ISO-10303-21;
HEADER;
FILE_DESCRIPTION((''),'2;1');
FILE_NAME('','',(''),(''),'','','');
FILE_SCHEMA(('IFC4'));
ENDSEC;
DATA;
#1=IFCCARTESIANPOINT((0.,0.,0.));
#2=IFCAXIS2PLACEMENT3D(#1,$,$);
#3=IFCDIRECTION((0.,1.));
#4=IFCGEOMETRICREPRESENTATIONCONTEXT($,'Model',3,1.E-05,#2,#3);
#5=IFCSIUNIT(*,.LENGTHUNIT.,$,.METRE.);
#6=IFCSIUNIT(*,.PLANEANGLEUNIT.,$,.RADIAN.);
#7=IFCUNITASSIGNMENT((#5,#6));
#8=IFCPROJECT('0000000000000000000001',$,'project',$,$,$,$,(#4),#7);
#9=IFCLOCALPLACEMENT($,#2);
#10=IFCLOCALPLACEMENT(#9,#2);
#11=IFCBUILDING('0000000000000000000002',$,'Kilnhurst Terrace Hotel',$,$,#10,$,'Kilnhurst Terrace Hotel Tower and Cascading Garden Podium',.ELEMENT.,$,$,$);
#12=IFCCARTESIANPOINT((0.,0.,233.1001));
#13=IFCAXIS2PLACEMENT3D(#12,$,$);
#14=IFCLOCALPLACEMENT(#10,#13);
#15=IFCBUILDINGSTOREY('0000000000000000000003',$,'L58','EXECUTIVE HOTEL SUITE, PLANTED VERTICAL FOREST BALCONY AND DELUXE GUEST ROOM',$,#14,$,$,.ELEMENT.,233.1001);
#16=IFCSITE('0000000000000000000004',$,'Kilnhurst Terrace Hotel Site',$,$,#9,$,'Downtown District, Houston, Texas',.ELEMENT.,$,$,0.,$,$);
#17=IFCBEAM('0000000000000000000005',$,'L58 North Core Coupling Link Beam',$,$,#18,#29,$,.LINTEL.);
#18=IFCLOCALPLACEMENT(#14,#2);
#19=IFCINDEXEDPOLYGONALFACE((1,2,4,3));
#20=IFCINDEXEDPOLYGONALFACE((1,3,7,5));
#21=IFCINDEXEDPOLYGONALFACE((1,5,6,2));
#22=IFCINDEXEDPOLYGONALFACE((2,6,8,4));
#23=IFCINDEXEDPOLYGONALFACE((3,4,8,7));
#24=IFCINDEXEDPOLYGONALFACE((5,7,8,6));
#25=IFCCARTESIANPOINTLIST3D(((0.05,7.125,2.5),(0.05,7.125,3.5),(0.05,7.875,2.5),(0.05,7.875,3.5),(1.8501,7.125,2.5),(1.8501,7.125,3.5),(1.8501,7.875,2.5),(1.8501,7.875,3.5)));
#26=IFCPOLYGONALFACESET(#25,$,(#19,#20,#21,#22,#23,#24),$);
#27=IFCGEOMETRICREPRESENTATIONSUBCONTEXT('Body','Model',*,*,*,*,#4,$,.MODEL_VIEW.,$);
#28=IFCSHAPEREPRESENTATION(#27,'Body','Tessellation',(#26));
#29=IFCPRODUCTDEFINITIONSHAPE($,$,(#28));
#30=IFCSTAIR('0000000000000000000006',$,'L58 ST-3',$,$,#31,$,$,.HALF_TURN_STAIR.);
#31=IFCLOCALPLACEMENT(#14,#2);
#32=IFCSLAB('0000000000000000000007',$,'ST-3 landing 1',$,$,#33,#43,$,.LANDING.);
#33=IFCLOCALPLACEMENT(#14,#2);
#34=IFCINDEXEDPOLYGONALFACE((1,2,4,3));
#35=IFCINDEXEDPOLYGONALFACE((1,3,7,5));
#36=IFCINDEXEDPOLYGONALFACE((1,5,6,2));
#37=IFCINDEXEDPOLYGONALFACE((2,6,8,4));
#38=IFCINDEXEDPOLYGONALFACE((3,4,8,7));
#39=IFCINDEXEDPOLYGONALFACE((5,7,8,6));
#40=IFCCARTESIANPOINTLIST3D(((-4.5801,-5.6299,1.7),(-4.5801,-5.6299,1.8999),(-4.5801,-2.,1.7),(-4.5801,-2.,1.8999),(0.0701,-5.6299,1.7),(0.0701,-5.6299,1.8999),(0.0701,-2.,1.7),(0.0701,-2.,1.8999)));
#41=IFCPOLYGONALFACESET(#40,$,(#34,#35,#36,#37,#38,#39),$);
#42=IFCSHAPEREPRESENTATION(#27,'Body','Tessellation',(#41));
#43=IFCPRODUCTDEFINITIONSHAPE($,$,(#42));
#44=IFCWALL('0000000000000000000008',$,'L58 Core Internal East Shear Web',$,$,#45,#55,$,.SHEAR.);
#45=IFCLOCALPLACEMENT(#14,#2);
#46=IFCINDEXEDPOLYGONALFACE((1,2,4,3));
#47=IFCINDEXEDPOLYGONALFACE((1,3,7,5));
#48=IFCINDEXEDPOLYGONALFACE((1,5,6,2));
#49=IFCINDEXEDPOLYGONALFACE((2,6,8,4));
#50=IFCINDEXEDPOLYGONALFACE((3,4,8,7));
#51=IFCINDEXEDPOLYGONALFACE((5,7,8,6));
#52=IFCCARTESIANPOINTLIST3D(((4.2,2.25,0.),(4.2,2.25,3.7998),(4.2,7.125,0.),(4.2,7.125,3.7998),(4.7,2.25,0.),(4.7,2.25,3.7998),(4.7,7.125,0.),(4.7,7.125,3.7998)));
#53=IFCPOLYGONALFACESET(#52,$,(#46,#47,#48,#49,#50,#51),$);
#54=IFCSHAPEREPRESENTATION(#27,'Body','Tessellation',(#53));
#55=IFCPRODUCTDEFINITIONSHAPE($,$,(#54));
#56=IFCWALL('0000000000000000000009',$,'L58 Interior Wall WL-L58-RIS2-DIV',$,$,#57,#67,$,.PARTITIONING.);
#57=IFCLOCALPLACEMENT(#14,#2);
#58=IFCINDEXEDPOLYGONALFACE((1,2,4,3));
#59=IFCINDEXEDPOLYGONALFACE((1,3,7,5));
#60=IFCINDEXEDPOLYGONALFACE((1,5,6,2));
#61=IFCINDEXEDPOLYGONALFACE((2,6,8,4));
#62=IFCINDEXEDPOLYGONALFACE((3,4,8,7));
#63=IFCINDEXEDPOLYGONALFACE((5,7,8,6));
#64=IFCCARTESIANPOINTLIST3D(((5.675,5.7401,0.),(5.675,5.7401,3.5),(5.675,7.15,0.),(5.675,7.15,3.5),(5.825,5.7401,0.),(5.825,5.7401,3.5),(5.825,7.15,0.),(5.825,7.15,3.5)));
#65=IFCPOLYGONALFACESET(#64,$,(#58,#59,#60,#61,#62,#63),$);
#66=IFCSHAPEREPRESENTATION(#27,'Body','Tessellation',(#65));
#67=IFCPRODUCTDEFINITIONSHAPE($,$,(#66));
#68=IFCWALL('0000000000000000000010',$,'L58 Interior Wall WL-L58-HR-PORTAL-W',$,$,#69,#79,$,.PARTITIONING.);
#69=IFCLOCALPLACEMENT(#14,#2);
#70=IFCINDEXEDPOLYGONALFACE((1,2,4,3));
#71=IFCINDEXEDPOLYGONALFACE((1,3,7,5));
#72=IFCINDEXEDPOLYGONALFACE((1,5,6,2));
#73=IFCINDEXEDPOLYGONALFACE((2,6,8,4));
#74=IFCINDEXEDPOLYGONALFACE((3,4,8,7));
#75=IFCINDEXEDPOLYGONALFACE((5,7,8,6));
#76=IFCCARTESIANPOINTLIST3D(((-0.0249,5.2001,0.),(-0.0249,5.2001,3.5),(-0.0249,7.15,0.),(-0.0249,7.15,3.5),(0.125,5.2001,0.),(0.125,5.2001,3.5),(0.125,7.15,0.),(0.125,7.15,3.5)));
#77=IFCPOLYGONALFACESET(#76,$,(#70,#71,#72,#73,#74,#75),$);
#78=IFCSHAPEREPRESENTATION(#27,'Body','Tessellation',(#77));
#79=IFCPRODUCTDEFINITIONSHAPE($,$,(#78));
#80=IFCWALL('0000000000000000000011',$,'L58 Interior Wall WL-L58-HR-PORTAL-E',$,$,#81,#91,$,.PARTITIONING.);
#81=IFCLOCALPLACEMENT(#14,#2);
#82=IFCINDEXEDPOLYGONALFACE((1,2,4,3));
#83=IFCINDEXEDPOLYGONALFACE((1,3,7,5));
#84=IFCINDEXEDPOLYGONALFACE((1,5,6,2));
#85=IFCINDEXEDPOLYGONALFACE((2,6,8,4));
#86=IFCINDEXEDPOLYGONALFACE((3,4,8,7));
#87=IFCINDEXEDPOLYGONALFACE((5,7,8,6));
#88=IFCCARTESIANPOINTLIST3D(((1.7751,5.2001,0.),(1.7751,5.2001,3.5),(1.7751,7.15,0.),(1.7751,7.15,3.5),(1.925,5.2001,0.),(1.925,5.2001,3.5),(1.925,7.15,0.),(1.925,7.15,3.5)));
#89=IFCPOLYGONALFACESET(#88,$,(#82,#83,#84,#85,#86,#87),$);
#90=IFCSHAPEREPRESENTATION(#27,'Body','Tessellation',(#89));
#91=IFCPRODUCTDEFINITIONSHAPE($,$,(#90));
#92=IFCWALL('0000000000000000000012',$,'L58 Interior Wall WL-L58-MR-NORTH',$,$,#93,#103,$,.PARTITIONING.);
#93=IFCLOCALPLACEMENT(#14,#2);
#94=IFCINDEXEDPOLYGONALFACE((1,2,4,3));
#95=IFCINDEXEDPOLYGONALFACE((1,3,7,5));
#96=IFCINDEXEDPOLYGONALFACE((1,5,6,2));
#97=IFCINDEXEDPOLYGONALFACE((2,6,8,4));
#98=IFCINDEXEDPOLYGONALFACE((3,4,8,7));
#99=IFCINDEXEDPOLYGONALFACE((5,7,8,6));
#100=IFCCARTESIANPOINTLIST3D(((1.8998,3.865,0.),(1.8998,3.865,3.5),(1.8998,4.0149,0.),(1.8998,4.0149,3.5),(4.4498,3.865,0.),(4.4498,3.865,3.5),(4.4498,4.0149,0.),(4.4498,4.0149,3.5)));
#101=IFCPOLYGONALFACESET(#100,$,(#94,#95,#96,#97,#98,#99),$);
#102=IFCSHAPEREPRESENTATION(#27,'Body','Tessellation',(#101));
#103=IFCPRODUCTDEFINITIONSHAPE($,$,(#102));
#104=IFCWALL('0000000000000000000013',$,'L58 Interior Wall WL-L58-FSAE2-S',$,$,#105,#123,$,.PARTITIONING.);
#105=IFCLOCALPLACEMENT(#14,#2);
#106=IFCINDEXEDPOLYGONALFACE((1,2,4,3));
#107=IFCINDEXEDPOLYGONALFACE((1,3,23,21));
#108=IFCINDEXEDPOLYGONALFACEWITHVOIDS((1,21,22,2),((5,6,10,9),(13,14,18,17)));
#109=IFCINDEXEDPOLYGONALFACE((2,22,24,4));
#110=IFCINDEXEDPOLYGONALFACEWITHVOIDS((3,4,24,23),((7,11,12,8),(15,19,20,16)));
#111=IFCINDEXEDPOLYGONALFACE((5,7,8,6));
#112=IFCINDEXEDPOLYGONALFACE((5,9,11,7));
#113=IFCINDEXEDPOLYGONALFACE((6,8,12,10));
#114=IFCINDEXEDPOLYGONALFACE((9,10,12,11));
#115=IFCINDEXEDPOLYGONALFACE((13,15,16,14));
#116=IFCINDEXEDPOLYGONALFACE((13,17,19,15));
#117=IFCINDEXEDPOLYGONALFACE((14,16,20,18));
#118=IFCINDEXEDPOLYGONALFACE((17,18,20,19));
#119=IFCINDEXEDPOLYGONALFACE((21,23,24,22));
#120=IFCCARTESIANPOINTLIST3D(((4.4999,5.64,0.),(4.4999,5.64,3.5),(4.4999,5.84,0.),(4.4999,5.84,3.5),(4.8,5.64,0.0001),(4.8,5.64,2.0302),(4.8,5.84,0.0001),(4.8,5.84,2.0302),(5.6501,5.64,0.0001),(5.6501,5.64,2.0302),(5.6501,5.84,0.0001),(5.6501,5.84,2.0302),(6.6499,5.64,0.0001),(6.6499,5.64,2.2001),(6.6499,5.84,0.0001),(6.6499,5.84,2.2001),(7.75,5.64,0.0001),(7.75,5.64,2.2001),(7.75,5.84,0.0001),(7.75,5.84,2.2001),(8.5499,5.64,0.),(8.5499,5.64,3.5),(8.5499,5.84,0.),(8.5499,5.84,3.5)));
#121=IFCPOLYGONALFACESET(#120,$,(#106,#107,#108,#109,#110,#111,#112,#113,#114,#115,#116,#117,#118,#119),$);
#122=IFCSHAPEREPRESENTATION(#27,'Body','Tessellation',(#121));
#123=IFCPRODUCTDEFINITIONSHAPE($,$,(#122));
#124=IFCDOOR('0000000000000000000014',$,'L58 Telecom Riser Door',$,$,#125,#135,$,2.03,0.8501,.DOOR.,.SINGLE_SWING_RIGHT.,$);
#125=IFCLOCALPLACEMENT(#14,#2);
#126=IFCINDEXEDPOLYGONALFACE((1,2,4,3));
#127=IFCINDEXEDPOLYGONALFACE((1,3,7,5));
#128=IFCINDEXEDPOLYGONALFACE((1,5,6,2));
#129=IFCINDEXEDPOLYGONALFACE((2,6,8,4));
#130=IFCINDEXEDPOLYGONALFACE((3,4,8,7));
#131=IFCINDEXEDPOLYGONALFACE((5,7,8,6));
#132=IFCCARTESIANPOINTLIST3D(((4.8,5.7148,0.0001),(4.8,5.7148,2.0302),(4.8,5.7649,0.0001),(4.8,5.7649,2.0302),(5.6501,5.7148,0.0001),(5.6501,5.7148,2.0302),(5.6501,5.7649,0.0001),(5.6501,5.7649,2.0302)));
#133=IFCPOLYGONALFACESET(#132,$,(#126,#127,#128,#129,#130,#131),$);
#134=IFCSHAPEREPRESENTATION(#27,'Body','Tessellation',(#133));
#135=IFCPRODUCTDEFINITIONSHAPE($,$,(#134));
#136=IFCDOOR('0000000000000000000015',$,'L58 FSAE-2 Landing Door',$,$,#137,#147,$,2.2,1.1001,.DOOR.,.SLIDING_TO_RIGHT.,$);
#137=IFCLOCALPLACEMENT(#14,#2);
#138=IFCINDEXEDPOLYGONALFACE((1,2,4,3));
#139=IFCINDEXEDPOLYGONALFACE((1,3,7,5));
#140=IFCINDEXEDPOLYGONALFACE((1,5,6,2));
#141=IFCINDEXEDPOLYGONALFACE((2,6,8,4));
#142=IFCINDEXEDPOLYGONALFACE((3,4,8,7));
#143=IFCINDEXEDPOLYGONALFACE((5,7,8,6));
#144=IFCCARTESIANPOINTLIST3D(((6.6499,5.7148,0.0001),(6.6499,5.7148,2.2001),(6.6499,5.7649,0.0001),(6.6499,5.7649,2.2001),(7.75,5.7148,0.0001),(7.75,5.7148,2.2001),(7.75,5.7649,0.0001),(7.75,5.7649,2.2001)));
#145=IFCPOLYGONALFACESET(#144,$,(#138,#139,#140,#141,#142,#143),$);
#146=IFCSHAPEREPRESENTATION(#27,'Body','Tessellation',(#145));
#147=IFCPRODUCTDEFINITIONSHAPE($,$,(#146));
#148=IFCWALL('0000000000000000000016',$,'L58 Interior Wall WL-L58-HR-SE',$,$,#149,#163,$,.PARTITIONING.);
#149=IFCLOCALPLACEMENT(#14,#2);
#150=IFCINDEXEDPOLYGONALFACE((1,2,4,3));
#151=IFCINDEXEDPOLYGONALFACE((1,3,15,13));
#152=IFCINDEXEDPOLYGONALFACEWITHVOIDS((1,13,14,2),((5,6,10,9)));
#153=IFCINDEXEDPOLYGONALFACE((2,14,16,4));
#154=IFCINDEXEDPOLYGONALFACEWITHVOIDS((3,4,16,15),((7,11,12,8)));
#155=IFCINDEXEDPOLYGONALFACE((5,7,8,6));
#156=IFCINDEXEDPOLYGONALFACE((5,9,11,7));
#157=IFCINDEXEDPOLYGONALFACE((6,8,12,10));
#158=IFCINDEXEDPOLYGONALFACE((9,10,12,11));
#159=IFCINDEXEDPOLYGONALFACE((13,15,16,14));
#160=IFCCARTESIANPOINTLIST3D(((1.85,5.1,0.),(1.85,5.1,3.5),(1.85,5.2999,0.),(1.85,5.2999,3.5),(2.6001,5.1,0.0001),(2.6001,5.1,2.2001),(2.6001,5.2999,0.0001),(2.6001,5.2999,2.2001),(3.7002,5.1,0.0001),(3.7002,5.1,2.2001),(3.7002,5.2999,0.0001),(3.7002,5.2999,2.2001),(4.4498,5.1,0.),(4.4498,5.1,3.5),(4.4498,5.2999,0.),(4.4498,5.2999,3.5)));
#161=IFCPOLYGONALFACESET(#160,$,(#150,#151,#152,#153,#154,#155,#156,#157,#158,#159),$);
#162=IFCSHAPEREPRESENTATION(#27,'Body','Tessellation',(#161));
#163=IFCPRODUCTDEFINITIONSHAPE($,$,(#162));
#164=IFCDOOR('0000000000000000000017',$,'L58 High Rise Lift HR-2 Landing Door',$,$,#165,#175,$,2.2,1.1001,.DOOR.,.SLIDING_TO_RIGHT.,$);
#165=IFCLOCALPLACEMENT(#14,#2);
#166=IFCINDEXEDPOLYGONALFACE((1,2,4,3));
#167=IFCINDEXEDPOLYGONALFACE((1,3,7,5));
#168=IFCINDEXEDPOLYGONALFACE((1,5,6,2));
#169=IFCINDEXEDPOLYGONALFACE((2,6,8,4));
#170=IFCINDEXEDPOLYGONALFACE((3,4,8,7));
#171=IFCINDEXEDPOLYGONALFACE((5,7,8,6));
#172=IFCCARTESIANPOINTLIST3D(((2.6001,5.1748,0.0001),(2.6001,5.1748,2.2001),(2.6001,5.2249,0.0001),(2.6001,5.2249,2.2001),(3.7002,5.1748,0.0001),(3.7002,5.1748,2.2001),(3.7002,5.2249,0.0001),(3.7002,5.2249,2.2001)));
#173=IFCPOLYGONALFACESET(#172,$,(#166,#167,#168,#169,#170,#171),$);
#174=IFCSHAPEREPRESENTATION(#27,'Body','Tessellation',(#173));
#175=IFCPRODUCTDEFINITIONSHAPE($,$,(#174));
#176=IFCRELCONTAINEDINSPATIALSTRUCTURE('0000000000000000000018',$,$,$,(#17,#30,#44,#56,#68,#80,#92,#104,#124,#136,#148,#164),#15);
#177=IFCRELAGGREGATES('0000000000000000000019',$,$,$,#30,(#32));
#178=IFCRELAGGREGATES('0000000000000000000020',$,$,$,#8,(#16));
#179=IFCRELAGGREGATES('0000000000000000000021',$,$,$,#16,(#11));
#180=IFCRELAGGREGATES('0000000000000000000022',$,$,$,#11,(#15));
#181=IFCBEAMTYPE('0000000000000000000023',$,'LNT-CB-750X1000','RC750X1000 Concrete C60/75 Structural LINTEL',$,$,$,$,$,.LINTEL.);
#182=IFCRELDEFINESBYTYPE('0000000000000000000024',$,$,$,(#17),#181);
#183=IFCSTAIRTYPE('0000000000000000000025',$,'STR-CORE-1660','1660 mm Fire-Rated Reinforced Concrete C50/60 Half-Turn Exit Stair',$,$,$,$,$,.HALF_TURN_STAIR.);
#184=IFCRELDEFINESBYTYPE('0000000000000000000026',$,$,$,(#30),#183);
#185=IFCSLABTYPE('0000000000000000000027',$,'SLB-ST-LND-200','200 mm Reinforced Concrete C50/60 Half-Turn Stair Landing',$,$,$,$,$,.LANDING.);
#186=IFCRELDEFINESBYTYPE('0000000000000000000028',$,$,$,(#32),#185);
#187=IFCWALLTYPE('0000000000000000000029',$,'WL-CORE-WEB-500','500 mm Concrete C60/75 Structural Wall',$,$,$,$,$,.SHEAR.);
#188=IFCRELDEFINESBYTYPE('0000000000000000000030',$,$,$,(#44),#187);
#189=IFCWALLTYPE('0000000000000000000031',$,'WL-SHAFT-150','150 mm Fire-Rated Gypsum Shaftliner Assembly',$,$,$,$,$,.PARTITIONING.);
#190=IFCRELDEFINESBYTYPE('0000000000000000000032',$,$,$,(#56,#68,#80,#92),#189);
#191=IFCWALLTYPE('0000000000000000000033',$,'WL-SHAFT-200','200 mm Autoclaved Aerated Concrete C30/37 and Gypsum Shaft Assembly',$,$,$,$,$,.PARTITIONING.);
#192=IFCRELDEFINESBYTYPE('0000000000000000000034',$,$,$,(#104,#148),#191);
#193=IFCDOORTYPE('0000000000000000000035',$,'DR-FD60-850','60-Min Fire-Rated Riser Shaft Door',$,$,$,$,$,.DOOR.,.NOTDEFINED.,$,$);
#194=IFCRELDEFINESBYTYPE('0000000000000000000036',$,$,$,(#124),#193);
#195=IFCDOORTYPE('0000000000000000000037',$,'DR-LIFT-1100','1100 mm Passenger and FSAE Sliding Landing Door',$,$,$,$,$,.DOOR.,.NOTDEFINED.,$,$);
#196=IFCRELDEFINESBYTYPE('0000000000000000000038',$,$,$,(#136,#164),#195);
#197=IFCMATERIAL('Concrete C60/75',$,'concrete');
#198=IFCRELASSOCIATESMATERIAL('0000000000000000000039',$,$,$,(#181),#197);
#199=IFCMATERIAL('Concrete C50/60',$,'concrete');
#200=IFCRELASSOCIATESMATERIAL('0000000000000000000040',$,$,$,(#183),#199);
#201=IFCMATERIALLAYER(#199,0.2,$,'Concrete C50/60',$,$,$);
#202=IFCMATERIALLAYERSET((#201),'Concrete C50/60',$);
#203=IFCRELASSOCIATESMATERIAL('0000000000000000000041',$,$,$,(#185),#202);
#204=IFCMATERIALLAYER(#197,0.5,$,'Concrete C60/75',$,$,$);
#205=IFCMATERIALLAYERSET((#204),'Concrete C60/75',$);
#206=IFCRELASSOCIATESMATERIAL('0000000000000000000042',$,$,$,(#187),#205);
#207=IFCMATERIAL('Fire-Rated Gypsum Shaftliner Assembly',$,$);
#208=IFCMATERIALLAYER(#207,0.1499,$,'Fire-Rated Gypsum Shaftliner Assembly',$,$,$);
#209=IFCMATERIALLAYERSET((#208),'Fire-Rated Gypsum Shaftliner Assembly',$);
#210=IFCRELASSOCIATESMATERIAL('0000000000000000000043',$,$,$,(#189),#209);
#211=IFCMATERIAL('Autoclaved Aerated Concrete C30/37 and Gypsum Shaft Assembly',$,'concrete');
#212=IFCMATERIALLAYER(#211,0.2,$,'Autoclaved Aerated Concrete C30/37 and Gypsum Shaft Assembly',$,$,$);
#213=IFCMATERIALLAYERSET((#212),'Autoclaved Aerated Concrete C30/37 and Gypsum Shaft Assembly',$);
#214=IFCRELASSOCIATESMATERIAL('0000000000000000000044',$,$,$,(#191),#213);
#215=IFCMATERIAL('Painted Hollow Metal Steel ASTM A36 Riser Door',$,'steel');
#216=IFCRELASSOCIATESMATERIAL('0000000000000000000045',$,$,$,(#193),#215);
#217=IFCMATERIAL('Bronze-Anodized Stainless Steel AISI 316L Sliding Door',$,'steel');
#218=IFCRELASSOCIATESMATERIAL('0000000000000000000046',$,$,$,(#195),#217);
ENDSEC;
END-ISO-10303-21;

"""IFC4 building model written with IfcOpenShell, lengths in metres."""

from ifc_helpers import new_model, si_unit, direction, frame, frame_2d, origin, origin_2d, place, context, subcontext, project, spatial, polyline, rectangle, outline, extrude, material, layer, layer_set, material_profile, profile_set, type_object, element, fill, aggregate, save


model = new_model("IFC4")

# Units and contexts
model_context = context("Model", 3, precision=1e-05, world=origin(), true_north=direction((0.0, 1.0)))
body_context = subcontext(model_context, "Body", "Model", "MODEL_VIEW")
ifc_project = project(units=[si_unit("LENGTHUNIT", "METRE"), si_unit("PLANEANGLEUNIT", "RADIAN")], contexts=[model_context])

# Site, building, storey
site_placement = place(None, origin())
site = spatial("IfcSite", under=ifc_project, at=site_placement, Name="Kilnhurst Terrace Hotel Site", LongName="Downtown District, Houston, Texas", CompositionType="ELEMENT", RefElevation=0.0)
building_placement = place(site_placement, origin())
building = spatial("IfcBuilding", under=site, at=building_placement, Name="Kilnhurst Terrace Hotel", LongName="Kilnhurst Terrace Hotel Tower and Cascading Garden Podium", CompositionType="ELEMENT")
storey_placement = place(building_placement, frame((0.0, 0.0, 233.1001)))
storey = spatial("IfcBuildingStorey", under=building, at=storey_placement, Name="L58", Description="EXECUTIVE HOTEL SUITE, PLANTED VERTICAL FOREST BALCONY AND DELUXE GUEST ROOM", CompositionType="ELEMENT", Elevation=233.1001)

# Beam
ifc_material_1 = material(Name="Concrete C60/75", Category="concrete")
ifc_material_profile = material_profile(ifc_material_1, rectangle(XDim=0.75, YDim=1.0, at=origin_2d()), Name="RC750X1000")
ifc_profile_set = profile_set([ifc_material_profile], Name="Concrete C60/75")
beam_type = type_object("IfcBeamType", Name="LNT-CB-750X1000", Description="RC750X1000 Concrete C60/75 Structural LINTEL", PredefinedType="LINTEL", material=ifc_profile_set)
beam_placement = place(storey_placement, frame((0.05, 7.5, 3.0), z_axis=(1.0, 0.0, 0.0), x_axis=(0.0, 1.0, 0.0)))
element("IfcBeam", 1, at=beam_placement, inside=storey, type_object=beam_type, Name="L58 North Core Coupling Link Beam", PredefinedType="LINTEL", context=body_context, shape_type="SweptSolid", body=[
    extrude(rectangle(XDim=0.75, YDim=1.0, at=origin_2d()), origin(), (0.0, 0.0, 1.0), 1.8),
])

# Stair, slab
ifc_material_2 = material(Name="Concrete C50/60", Category="concrete")
stair_type = type_object("IfcStairType", Name="STR-CORE-1660", Description="1660 mm Fire-Rated Reinforced Concrete C50/60 Half-Turn Exit Stair", PredefinedType="HALF_TURN_STAIR", material=ifc_material_2)
stair_1_placement = place(storey_placement, origin())
stair_1 = element("IfcStair", 2, at=stair_1_placement, inside=storey, type_object=stair_type, Name="L58 ST-3", PredefinedType="HALF_TURN_STAIR")
ifc_layer_1 = layer(ifc_material_2, 0.2, Name="Concrete C50/60")
ifc_layer_set_1 = layer_set([ifc_layer_1], Name="Concrete C50/60")
slab_type = type_object("IfcSlabType", Name="SLB-ST-LND-200", Description="200 mm Reinforced Concrete C50/60 Half-Turn Stair Landing", PredefinedType="LANDING", material=ifc_layer_set_1)
slab_placement = place(storey_placement, frame((0.0, 0.0, 1.7)))
slab = element("IfcSlab", 3, at=slab_placement, type_object=slab_type, Name="ST-3 landing 1", PredefinedType="LANDING", context=body_context, shape_type="SweptSolid", body=[
    extrude(outline(polyline([(0.0701, -2.0), (0.0701, -5.6299), (-4.5801, -5.6299), (-4.5801, -2.0), (0.0701, -2.0)])), origin(), (0.0, 0.0, 1.0), 0.2),
])
aggregate(stair_1, [slab])

# Walls
ifc_layer_2 = layer(ifc_material_1, 0.5, Name="Concrete C60/75")
ifc_layer_set_2 = layer_set([ifc_layer_2], Name="Concrete C60/75")
wall_type_1 = type_object("IfcWallType", Name="WL-CORE-WEB-500", Description="500 mm Concrete C60/75 Structural Wall", PredefinedType="SHEAR", material=ifc_layer_set_2)
wall_1_placement = place(storey_placement, frame((4.45, 2.25, 0.0), z_axis=(0.0, 0.0, 1.0), x_axis=(0.0, 1.0, 0.0)))
element("IfcWall", 4, at=wall_1_placement, inside=storey, type_object=wall_type_1, Name="L58 Core Internal East Shear Web", PredefinedType="SHEAR", context=body_context, shape_type="SweptSolid", body=[
    extrude(rectangle(XDim=4.875, YDim=0.5, at=frame_2d((2.4375, 0.0))), origin(), (0.0, 0.0, 1.0), 3.7998),
])
ifc_material_3 = material(Name="Fire-Rated Gypsum Shaftliner Assembly")
ifc_layer_3 = layer(ifc_material_3, 0.1499, Name="Fire-Rated Gypsum Shaftliner Assembly")
ifc_layer_set_3 = layer_set([ifc_layer_3], Name="Fire-Rated Gypsum Shaftliner Assembly")
wall_type_2 = type_object("IfcWallType", Name="WL-SHAFT-150", Description="150 mm Fire-Rated Gypsum Shaftliner Assembly", PredefinedType="PARTITIONING", material=ifc_layer_set_3)
wall_2_placement = place(storey_placement, frame((5.75, 5.74, 0.0), z_axis=(0.0, 0.0, 1.0), x_axis=(0.0, 1.0, 0.0)))
element("IfcWall", 5, at=wall_2_placement, inside=storey, type_object=wall_type_2, Name="L58 Interior Wall WL-L58-RIS2-DIV", PredefinedType="PARTITIONING", context=body_context, shape_type="SweptSolid", body=[
    extrude(rectangle(XDim=1.4099, YDim=0.1499, at=frame_2d((0.7051, 0.0))), origin(), (0.0, 0.0, 1.0), 3.5),
])
for number, where, z_axis, x_axis, name in (
    (6, (0.05, 5.2, 0.0), (0.0, 0.0, 1.0), (0.0, 1.0, 0.0), "L58 Interior Wall WL-L58-HR-PORTAL-W"),
    (7, (1.8501, 5.2, 0.0), (0.0, 0.0, 1.0), (0.0, 1.0, 0.0), "L58 Interior Wall WL-L58-HR-PORTAL-E"),
):
    element("IfcWall", number, at=place(storey_placement, frame(where, z_axis=z_axis, x_axis=x_axis)), inside=storey, type_object=wall_type_2, Name=name, PredefinedType="PARTITIONING", context=body_context, shape_type="SweptSolid", body=[
        extrude(rectangle(XDim=1.95, YDim=0.1499, at=frame_2d((0.9751, 0.0))), origin(), (0.0, 0.0, 1.0), 3.5),
    ])
wall_3_placement = place(storey_placement, frame((1.8999, 3.9399, 0.0), z_axis=(0.0, 0.0, 1.0), x_axis=(1.0, 0.0, 0.0)))
element("IfcWall", 8, at=wall_3_placement, inside=storey, type_object=wall_type_2, Name="L58 Interior Wall WL-L58-MR-NORTH", PredefinedType="PARTITIONING", context=body_context, shape_type="SweptSolid", body=[
    extrude(rectangle(XDim=2.55, YDim=0.1499, at=frame_2d((1.2749, 0.0))), origin(), (0.0, 0.0, 1.0), 3.5),
])

# Wall, openings, doors
ifc_material_4 = material(Name="Autoclaved Aerated Concrete C30/37 and Gypsum Shaft Assembly", Category="concrete")
ifc_layer_4 = layer(ifc_material_4, 0.2, Name="Autoclaved Aerated Concrete C30/37 and Gypsum Shaft Assembly")
ifc_layer_set_4 = layer_set([ifc_layer_4], Name="Autoclaved Aerated Concrete C30/37 and Gypsum Shaft Assembly")
wall_type_3 = type_object("IfcWallType", Name="WL-SHAFT-200", Description="200 mm Autoclaved Aerated Concrete C30/37 and Gypsum Shaft Assembly", PredefinedType="PARTITIONING", material=ifc_layer_set_4)
wall_4_placement = place(storey_placement, frame((4.5, 5.74, 0.0), z_axis=(0.0, 0.0, 1.0), x_axis=(1.0, 0.0, 0.0)))
wall_4 = element("IfcWall", 9, at=wall_4_placement, inside=storey, type_object=wall_type_3, Name="L58 Interior Wall WL-L58-FSAE2-S", PredefinedType="PARTITIONING", context=body_context, shape_type="SweptSolid", body=[
    extrude(rectangle(XDim=4.05, YDim=0.2, at=frame_2d((2.0249, 0.0))), origin(), (0.0, 0.0, 1.0), 3.5),
])
opening_1_placement = place(wall_4_placement, frame((0.3, 0.0, 0.0)))
opening_1 = element("IfcOpeningElement", 10, at=opening_1_placement, cuts=wall_4, PredefinedType="OPENING", context=body_context, shape_type="SweptSolid", body=[
    extrude(rectangle(XDim=0.8501, YDim=2.03, at=frame_2d((0.425, 1.0151))), frame((0.0, 0.1099, 0.0), z_axis=(0.0, -1.0, 0.0), x_axis=(1.0, 0.0, 0.0)), (0.0, 0.0, 1.0), 0.22),
])
opening_2_placement = place(wall_4_placement, frame((2.1499, 0.0, 0.0)))
opening_2 = element("IfcOpeningElement", 11, at=opening_2_placement, cuts=wall_4, PredefinedType="OPENING", context=body_context, shape_type="SweptSolid", body=[
    extrude(rectangle(XDim=1.1001, YDim=2.2, at=frame_2d((0.55, 1.1001))), frame((0.0, 0.1099, 0.0), z_axis=(0.0, -1.0, 0.0), x_axis=(1.0, 0.0, 0.0)), (0.0, 0.0, 1.0), 0.22),
])
ifc_material_5 = material(Name="Painted Hollow Metal Steel ASTM A36 Riser Door", Category="steel")
door_type_1 = type_object("IfcDoorType", Name="DR-FD60-850", Description="60-Min Fire-Rated Riser Shaft Door", OperationType="NOTDEFINED", PredefinedType="DOOR", material=ifc_material_5)
door_1_placement = place(opening_1_placement, origin())
door_1 = element("IfcDoor", 12, at=door_1_placement, inside=storey, type_object=door_type_1, Name="L58 Telecom Riser Door", OperationType="SINGLE_SWING_RIGHT", OverallHeight=2.03, OverallWidth=0.8501, PredefinedType="DOOR", context=body_context, shape_type="SweptSolid", body=[
    extrude(rectangle(XDim=0.8501, YDim=2.03, at=frame_2d((0.425, 1.0151))), frame((0.0, 0.0249, 0.0), z_axis=(0.0, -1.0, 0.0), x_axis=(1.0, 0.0, 0.0)), (0.0, 0.0, 1.0), 0.05),
])
fill(opening_1, door_1)
ifc_material_6 = material(Name="Bronze-Anodized Stainless Steel AISI 316L Sliding Door", Category="steel")
door_type_2 = type_object("IfcDoorType", Name="DR-LIFT-1100", Description="1100 mm Passenger and FSAE Sliding Landing Door", OperationType="NOTDEFINED", PredefinedType="DOOR", material=ifc_material_6)
door_2_placement = place(opening_2_placement, origin())
door_2 = element("IfcDoor", 13, at=door_2_placement, inside=storey, type_object=door_type_2, Name="L58 FSAE-2 Landing Door", OperationType="SLIDING_TO_RIGHT", OverallHeight=2.2, OverallWidth=1.1001, PredefinedType="DOOR", context=body_context, shape_type="SweptSolid", body=[
    extrude(rectangle(XDim=1.1001, YDim=2.2, at=frame_2d((0.55, 1.1001))), frame((0.0, 0.0249, 0.0), z_axis=(0.0, -1.0, 0.0), x_axis=(1.0, 0.0, 0.0)), (0.0, 0.0, 1.0), 0.05),
])
fill(opening_2, door_2)

# Wall, opening, door
wall_5_placement = place(storey_placement, frame((1.8501, 5.2, 0.0), z_axis=(0.0, 0.0, 1.0), x_axis=(1.0, 0.0, 0.0)))
wall_5 = element("IfcWall", 14, at=wall_5_placement, inside=storey, type_object=wall_type_3, Name="L58 Interior Wall WL-L58-HR-SE", PredefinedType="PARTITIONING", context=body_context, shape_type="SweptSolid", body=[
    extrude(rectangle(XDim=2.5999, YDim=0.2, at=frame_2d((1.2998, 0.0))), origin(), (0.0, 0.0, 1.0), 3.5),
])
opening_3_placement = place(wall_5_placement, frame((0.75, 0.0, 0.0)))
opening_3 = element("IfcOpeningElement", 15, at=opening_3_placement, cuts=wall_5, PredefinedType="OPENING", context=body_context, shape_type="SweptSolid", body=[
    extrude(rectangle(XDim=1.1001, YDim=2.2, at=frame_2d((0.55, 1.1001))), frame((0.0, 0.1099, 0.0), z_axis=(0.0, -1.0, 0.0), x_axis=(1.0, 0.0, 0.0)), (0.0, 0.0, 1.0), 0.22),
])
door_3_placement = place(opening_3_placement, origin())
door_3 = element("IfcDoor", 16, at=door_3_placement, inside=storey, type_object=door_type_2, Name="L58 High Rise Lift HR-2 Landing Door", OperationType="SLIDING_TO_RIGHT", OverallHeight=2.2, OverallWidth=1.1001, PredefinedType="DOOR", context=body_context, shape_type="SweptSolid", body=[
    extrude(rectangle(XDim=1.1001, YDim=2.2, at=frame_2d((0.55, 1.1001))), frame((0.0, 0.0249, 0.0), z_axis=(0.0, -1.0, 0.0), x_axis=(1.0, 0.0, 0.0)), (0.0, 0.0, 1.0), 0.05),
])
fill(opening_3, door_3)

save(model, "model.ifc")
